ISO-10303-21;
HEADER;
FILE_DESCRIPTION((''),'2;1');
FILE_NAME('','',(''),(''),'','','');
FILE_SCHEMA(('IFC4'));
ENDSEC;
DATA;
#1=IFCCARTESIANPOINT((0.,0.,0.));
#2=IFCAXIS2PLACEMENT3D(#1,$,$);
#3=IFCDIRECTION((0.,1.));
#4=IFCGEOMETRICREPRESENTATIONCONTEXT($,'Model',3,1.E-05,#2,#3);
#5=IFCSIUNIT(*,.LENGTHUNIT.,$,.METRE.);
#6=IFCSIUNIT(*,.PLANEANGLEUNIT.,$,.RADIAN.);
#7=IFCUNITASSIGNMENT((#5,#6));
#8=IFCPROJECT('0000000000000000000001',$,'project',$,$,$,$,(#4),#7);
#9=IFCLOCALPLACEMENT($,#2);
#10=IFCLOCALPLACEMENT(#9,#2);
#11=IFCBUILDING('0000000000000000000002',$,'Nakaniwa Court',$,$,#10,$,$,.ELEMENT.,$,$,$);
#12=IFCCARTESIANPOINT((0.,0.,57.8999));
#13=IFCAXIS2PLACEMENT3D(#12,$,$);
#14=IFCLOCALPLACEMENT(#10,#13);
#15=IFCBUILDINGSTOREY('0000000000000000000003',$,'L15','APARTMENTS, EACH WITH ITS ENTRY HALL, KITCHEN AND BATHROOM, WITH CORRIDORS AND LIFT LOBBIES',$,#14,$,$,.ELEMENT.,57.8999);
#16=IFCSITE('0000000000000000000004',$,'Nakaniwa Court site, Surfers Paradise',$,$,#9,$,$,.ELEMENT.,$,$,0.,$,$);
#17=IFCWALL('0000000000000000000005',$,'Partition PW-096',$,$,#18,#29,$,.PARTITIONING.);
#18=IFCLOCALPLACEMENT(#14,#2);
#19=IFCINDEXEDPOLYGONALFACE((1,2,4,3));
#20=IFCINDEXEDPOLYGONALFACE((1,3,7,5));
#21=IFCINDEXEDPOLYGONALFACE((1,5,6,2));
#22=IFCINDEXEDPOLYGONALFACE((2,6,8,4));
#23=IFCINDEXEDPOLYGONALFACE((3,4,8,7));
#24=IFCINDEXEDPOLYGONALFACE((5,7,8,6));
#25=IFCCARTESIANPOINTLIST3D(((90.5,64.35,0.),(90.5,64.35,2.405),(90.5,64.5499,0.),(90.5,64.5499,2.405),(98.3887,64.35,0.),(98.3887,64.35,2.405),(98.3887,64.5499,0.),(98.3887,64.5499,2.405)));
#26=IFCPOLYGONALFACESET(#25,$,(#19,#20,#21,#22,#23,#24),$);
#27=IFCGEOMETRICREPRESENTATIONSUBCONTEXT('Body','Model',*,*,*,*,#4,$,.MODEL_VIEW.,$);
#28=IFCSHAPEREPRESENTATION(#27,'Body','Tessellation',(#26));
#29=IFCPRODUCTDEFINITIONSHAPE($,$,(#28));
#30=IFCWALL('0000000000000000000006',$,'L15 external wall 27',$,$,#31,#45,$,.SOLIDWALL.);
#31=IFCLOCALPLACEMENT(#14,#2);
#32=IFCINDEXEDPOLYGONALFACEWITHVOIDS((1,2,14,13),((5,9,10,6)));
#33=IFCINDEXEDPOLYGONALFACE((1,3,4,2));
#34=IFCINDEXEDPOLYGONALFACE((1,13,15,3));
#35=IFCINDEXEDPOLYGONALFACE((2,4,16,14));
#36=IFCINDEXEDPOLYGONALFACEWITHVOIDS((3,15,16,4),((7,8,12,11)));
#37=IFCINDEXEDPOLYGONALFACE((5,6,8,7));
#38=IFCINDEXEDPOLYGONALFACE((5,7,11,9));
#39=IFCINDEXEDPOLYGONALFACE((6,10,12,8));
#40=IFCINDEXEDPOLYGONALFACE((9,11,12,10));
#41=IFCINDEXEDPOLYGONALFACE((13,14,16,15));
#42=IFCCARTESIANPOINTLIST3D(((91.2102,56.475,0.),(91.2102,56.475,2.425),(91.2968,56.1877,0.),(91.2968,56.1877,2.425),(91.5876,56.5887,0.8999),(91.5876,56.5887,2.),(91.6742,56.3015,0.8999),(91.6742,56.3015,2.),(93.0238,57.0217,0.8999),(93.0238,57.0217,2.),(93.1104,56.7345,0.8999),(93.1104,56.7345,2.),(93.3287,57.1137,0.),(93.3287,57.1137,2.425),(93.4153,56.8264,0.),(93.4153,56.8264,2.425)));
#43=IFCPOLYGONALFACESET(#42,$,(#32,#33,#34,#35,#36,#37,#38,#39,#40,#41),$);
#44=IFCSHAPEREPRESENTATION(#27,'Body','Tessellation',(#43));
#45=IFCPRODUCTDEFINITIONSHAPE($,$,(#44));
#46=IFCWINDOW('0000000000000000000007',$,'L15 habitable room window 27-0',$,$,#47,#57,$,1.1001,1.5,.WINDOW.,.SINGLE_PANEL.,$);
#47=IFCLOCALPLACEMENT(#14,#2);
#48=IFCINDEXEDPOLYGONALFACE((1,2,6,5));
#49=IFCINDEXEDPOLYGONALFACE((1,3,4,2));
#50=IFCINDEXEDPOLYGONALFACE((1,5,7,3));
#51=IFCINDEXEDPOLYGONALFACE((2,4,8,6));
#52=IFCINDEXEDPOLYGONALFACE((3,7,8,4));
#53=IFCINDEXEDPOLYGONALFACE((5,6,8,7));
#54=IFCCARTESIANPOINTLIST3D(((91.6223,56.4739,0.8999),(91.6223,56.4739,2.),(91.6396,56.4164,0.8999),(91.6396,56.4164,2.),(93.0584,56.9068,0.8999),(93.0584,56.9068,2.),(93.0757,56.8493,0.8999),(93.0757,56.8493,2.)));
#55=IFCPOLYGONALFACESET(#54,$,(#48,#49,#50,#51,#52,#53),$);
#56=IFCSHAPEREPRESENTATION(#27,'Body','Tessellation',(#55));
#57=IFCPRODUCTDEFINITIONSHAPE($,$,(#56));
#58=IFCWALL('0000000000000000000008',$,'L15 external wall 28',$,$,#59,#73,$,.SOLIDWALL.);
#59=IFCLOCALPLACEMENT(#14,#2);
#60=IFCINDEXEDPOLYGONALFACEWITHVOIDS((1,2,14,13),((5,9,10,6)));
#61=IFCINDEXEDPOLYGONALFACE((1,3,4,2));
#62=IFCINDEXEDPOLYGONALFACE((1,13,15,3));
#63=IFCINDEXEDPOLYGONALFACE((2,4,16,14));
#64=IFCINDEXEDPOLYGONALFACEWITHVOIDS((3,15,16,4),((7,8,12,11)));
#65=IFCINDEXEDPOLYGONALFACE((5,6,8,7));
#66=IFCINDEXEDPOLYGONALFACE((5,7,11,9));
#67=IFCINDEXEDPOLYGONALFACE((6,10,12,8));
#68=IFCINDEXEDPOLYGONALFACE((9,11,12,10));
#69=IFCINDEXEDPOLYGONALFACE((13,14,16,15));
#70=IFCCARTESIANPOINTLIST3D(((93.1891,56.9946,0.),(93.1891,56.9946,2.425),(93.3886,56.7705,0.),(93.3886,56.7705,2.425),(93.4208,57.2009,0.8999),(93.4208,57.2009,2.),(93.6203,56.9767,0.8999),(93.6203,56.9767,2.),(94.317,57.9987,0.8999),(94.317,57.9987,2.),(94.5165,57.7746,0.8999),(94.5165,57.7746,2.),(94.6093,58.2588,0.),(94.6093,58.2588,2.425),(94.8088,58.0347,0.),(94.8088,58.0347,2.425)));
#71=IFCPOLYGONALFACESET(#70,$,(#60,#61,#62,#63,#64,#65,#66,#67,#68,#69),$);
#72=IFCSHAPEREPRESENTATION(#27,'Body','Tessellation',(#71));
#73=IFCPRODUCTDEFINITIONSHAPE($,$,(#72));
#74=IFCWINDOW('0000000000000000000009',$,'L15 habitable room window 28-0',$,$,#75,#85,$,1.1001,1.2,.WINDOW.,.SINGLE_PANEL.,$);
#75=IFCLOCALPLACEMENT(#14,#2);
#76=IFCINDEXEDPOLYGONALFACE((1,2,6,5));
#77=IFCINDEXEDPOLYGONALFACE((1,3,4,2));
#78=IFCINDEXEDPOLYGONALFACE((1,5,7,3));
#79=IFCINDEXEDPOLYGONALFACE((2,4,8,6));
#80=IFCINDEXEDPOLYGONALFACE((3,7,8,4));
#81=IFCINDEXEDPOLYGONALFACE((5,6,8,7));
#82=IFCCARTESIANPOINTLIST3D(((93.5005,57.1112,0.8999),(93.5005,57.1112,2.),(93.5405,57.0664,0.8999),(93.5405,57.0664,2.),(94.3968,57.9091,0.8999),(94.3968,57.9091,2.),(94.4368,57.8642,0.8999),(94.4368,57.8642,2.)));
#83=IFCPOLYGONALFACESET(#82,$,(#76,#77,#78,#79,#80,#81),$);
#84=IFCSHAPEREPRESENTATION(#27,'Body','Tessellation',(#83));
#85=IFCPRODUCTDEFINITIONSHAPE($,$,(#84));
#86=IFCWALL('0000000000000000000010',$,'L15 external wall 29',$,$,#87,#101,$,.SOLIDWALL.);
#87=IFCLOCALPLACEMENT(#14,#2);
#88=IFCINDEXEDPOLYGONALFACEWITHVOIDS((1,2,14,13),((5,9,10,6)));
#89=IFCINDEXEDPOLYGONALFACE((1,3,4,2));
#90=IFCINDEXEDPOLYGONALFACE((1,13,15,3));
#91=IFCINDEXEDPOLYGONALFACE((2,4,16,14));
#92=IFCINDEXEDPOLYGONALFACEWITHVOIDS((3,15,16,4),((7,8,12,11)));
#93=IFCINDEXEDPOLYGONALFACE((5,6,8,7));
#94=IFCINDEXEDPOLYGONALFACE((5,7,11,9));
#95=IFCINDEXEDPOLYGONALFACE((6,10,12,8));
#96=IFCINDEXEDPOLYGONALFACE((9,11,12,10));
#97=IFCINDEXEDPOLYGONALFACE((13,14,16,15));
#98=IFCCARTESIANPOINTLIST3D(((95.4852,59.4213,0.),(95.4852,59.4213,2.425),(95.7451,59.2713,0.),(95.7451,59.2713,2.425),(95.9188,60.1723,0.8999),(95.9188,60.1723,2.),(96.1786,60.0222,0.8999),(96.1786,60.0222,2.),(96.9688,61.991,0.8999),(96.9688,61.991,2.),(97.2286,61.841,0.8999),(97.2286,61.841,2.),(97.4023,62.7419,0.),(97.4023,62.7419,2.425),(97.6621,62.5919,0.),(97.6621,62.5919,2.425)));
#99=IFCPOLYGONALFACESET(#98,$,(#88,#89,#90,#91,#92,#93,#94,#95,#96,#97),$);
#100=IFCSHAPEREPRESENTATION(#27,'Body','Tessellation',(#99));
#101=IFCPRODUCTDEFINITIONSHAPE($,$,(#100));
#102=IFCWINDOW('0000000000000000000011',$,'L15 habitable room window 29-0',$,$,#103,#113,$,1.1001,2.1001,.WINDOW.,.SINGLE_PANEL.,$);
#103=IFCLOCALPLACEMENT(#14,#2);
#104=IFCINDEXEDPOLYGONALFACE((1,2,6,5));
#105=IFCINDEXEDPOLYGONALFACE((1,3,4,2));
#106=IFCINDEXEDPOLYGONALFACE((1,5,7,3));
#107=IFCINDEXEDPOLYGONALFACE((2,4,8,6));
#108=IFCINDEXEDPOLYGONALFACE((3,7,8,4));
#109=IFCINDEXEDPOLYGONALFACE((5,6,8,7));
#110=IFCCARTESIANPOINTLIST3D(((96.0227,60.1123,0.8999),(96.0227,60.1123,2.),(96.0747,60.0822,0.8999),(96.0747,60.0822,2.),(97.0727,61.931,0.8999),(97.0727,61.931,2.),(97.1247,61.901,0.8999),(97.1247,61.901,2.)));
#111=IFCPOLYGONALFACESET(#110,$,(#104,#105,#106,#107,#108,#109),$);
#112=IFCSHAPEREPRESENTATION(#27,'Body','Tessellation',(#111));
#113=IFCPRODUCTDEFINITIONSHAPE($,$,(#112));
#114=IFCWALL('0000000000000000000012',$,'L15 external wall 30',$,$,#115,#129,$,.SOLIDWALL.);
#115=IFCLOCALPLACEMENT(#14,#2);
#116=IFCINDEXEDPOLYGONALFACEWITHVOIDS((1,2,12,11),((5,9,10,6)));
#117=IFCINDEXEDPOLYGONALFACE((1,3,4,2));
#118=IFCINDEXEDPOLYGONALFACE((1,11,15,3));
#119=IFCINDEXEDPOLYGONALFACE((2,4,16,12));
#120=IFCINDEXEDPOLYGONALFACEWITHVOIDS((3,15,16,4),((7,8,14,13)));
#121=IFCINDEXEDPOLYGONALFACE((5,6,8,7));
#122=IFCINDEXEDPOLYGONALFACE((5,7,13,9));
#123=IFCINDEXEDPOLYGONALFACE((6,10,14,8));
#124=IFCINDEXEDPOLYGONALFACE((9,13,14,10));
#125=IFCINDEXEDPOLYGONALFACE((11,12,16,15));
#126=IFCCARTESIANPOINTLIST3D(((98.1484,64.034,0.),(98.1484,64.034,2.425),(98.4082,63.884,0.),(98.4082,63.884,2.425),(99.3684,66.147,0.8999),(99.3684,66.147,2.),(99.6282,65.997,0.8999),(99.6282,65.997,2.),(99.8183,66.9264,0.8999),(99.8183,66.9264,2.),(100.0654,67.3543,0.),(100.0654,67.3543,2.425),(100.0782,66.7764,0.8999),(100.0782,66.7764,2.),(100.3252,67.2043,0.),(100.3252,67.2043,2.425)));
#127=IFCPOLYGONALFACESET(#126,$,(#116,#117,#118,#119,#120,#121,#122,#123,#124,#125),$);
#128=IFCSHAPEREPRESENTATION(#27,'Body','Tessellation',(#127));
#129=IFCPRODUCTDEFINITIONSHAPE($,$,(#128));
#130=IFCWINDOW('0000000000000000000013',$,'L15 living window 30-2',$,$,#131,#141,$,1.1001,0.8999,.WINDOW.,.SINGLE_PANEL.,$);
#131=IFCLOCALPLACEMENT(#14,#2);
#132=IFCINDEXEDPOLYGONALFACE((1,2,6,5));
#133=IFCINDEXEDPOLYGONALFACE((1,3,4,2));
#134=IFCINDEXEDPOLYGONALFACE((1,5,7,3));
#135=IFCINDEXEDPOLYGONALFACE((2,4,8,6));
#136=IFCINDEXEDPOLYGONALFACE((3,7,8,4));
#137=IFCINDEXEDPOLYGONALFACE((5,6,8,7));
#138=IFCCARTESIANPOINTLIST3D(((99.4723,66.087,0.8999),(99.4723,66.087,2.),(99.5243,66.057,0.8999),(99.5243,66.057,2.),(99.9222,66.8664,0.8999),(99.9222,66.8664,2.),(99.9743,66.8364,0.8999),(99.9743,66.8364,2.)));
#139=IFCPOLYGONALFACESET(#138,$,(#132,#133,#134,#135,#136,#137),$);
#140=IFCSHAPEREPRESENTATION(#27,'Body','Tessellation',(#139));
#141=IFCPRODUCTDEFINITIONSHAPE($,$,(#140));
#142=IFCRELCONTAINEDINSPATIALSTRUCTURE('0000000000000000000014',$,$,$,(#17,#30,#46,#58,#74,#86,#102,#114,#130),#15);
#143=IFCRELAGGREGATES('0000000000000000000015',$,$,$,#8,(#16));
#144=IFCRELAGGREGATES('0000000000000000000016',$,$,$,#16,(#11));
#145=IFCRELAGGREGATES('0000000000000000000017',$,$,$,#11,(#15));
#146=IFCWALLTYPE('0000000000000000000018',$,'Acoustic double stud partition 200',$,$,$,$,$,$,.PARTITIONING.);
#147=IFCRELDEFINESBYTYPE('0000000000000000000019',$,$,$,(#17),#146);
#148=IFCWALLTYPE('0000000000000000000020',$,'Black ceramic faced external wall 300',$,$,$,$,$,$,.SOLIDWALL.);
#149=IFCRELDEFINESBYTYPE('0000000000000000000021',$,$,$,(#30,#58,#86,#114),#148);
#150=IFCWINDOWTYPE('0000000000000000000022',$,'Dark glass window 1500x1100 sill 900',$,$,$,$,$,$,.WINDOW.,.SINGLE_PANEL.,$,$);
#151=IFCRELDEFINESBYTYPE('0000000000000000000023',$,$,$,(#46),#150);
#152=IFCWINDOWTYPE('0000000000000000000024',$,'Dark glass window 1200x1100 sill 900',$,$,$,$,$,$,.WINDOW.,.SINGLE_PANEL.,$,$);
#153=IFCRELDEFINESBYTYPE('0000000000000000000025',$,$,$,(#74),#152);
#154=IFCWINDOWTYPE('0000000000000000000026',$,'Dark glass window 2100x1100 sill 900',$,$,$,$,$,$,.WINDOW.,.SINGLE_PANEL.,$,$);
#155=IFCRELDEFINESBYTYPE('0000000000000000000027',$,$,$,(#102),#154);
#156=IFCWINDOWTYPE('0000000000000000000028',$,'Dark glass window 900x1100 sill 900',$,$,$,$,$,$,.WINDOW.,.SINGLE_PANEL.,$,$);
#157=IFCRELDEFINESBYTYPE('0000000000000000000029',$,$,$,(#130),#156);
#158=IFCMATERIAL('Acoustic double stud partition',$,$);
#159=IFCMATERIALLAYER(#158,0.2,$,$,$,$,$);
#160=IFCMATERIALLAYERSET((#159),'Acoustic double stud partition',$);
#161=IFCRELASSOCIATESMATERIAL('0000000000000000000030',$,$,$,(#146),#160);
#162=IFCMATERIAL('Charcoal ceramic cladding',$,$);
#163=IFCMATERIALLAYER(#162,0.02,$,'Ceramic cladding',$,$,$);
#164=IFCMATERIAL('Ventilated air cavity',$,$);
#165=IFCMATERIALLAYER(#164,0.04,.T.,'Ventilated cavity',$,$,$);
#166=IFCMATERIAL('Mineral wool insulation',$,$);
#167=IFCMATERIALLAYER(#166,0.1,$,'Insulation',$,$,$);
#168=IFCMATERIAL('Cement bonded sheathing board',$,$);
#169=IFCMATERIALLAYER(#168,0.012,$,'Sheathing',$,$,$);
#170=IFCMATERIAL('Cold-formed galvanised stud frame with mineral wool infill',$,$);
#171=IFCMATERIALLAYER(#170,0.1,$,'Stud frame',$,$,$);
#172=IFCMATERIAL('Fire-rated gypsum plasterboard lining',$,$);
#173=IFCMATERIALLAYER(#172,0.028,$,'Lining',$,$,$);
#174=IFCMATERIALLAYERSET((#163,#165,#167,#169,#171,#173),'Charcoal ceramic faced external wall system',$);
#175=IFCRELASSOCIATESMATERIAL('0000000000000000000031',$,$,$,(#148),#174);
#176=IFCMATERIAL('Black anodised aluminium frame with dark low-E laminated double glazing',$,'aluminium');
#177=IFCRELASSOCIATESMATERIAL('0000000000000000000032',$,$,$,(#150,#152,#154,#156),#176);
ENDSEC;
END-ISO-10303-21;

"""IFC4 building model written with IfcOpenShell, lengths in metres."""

from ifc_helpers import new_model, si_unit, direction, frame, frame_2d, origin, place, context, subcontext, project, spatial, rectangle, extrude, material, layer, layer_set, type_object, element, fill, save


model = new_model("IFC4")

# Units and contexts
model_context = context("Model", 3, precision=1e-05, world=origin(), true_north=direction((0.0, 1.0)))
body_context = subcontext(model_context, "Body", "Model", "MODEL_VIEW")
ifc_project = project(units=[si_unit("LENGTHUNIT", "METRE"), si_unit("PLANEANGLEUNIT", "RADIAN")], contexts=[model_context])

# Site, building, storey
site_placement = place(None, origin())
site = spatial("IfcSite", under=ifc_project, at=site_placement, Name="Nakaniwa Court site, Surfers Paradise", CompositionType="ELEMENT", RefElevation=0.0)
building_placement = place(site_placement, origin())
building = spatial("IfcBuilding", under=site, at=building_placement, Name="Nakaniwa Court", CompositionType="ELEMENT")
storey_placement = place(building_placement, frame((0.0, 0.0, 57.8999)))
storey = spatial("IfcBuildingStorey", under=building, at=storey_placement, Name="L15", Description="APARTMENTS, EACH WITH ITS ENTRY HALL, KITCHEN AND BATHROOM, WITH CORRIDORS AND LIFT LOBBIES", CompositionType="ELEMENT", Elevation=57.8999)

# Wall
ifc_material_1 = material(Name="Acoustic double stud partition")
ifc_layer_1 = layer(ifc_material_1, 0.2)
ifc_layer_set_1 = layer_set([ifc_layer_1], Name="Acoustic double stud partition")
wall_type_1 = type_object("IfcWallType", Name="Acoustic double stud partition 200", PredefinedType="PARTITIONING", material=ifc_layer_set_1)
wall_1_placement = place(storey_placement, frame((90.5, 64.45, 0.0), z_axis=(0.0, 0.0, 1.0), x_axis=(1.0, 0.0, 0.0)))
element("IfcWall", 1, at=wall_1_placement, inside=storey, type_object=wall_type_1, Name="Partition PW-096", PredefinedType="PARTITIONING", context=body_context, shape_type="SweptSolid", body=[
    extrude(rectangle(XDim=7.8887, YDim=0.2, at=frame_2d((3.9443, 0.0))), origin(), (0.0, 0.0, 1.0), 2.405),
])

# Walls, openings, windows
ifc_material_2 = material(Name="Charcoal ceramic cladding")
ifc_layer_2 = layer(ifc_material_2, 0.02, Name="Ceramic cladding")
ifc_material_3 = material(Name="Ventilated air cavity")
ifc_layer_3 = layer(ifc_material_3, 0.04, ventilated=True, Name="Ventilated cavity")
ifc_material_4 = material(Name="Mineral wool insulation")
ifc_layer_4 = layer(ifc_material_4, 0.1, Name="Insulation")
ifc_material_5 = material(Name="Cement bonded sheathing board")
ifc_layer_5 = layer(ifc_material_5, 0.012, Name="Sheathing")
ifc_material_6 = material(Name="Cold-formed galvanised stud frame with mineral wool infill")
ifc_layer_6 = layer(ifc_material_6, 0.1, Name="Stud frame")
ifc_material_7 = material(Name="Fire-rated gypsum plasterboard lining")
ifc_layer_7 = layer(ifc_material_7, 0.028, Name="Lining")
ifc_layer_set_2 = layer_set([ifc_layer_2, ifc_layer_3, ifc_layer_4, ifc_layer_5, ifc_layer_6, ifc_layer_7], Name="Charcoal ceramic faced external wall system")
wall_type_2 = type_object("IfcWallType", Name="Black ceramic faced external wall 300", PredefinedType="SOLIDWALL", material=ifc_layer_set_2)
wall_2_placement = place(storey_placement, frame((91.2534, 56.3313, 0.0), z_axis=(0.0, 0.0, 1.0), x_axis=(0.957434, 0.288653, 0.0)))
wall_2 = element("IfcWall", 2, at=wall_2_placement, inside=storey, type_object=wall_type_2, Name="L15 external wall 27", PredefinedType="SOLIDWALL", context=body_context, shape_type="SweptSolid", body=[
    extrude(rectangle(XDim=2.2126, YDim=0.3, at=frame_2d((1.1064, 0.0))), origin(), (0.0, 0.0, 1.0), 2.425),
])
opening_1_placement = place(wall_2_placement, frame((0.3943, 0.0, 0.8999)))
opening_1 = element("IfcOpeningElement", 3, at=opening_1_placement, cuts=wall_2, PredefinedType="OPENING", context=body_context, shape_type="SweptSolid", body=[
    extrude(rectangle(XDim=1.5, YDim=1.1001, at=frame_2d((0.75, 0.55))), frame((0.0, 0.1599, 0.0), z_axis=(0.0, -1.0, 0.0), x_axis=(1.0, 0.0, 0.0)), (0.0, 0.0, 1.0), 0.3201),
])
ifc_material_8 = material(Name="Black anodised aluminium frame with dark low-E laminated double glazing", Category="aluminium")
window_type_1 = type_object("IfcWindowType", Name="Dark glass window 1500x1100 sill 900", PartitioningType="SINGLE_PANEL", PredefinedType="WINDOW", material=ifc_material_8)
window_1_placement = place(opening_1_placement, origin())
window_1 = element("IfcWindow", 4, at=window_1_placement, inside=storey, type_object=window_type_1, Name="L15 habitable room window 27-0", OverallHeight=1.1001, OverallWidth=1.5, PartitioningType="SINGLE_PANEL", PredefinedType="WINDOW", context=body_context, shape_type="SweptSolid", body=[
    extrude(rectangle(XDim=1.5, YDim=1.1001, at=frame_2d((0.75, 0.55))), frame((0.0, 0.03, 0.0), z_axis=(0.0, -1.0, 0.0), x_axis=(1.0, 0.0, 0.0)), (0.0, 0.0, 1.0), 0.0601),
])
fill(opening_1, window_1)
wall_3_placement = place(storey_placement, frame((93.2888, 56.8826, 0.0), z_axis=(0.0, 0.0, 1.0), x_axis=(0.746942, 0.66489, 0.0)))
wall_3 = element("IfcWall", 5, at=wall_3_placement, inside=storey, type_object=wall_type_2, Name="L15 external wall 28", PredefinedType="SOLIDWALL", context=body_context, shape_type="SweptSolid", body=[
    extrude(rectangle(XDim=1.9014, YDim=0.3, at=frame_2d((0.9507, 0.0))), origin(), (0.0, 0.0, 1.0), 2.425),
])
opening_2_placement = place(wall_3_placement, frame((0.3101, 0.0, 0.8999)))
opening_2 = element("IfcOpeningElement", 6, at=opening_2_placement, cuts=wall_3, PredefinedType="OPENING", context=body_context, shape_type="SweptSolid", body=[
    extrude(rectangle(XDim=1.2, YDim=1.1001, at=frame_2d((0.6001, 0.55))), frame((0.0, 0.1599, 0.0), z_axis=(0.0, -1.0, 0.0), x_axis=(1.0, 0.0, 0.0)), (0.0, 0.0, 1.0), 0.3201),
])
window_type_2 = type_object("IfcWindowType", Name="Dark glass window 1200x1100 sill 900", PartitioningType="SINGLE_PANEL", PredefinedType="WINDOW", material=ifc_material_8)
window_2_placement = place(opening_2_placement, origin())
window_2 = element("IfcWindow", 7, at=window_2_placement, inside=storey, type_object=window_type_2, Name="L15 habitable room window 28-0", OverallHeight=1.1001, OverallWidth=1.2, PartitioningType="SINGLE_PANEL", PredefinedType="WINDOW", context=body_context, shape_type="SweptSolid", body=[
    extrude(rectangle(XDim=1.2, YDim=1.1001, at=frame_2d((0.6001, 0.55))), frame((0.0, 0.03, 0.0), z_axis=(0.0, -1.0, 0.0), x_axis=(1.0, 0.0, 0.0)), (0.0, 0.0, 1.0), 0.0601),
])
fill(opening_2, window_2)
wall_4_placement = place(storey_placement, frame((95.6152, 59.3464, 0.0), z_axis=(0.0, 0.0, 1.0), x_axis=(0.499974, 0.86604, 0.0)))
wall_4 = element("IfcWall", 8, at=wall_4_placement, inside=storey, type_object=wall_type_2, Name="L15 external wall 29", PredefinedType="SOLIDWALL", context=body_context, shape_type="SweptSolid", body=[
    extrude(rectangle(XDim=3.8342, YDim=0.3, at=frame_2d((1.917, 0.0))), origin(), (0.0, 0.0, 1.0), 2.425),
])
opening_3_placement = place(wall_4_placement, frame((0.8669, 0.0, 0.8999)))
opening_3 = element("IfcOpeningElement", 9, at=opening_3_placement, cuts=wall_4, PredefinedType="OPENING", context=body_context, shape_type="SweptSolid", body=[
    extrude(rectangle(XDim=2.1001, YDim=1.1001, at=frame_2d((1.05, 0.55))), frame((0.0, 0.1599, 0.0), z_axis=(0.0, -1.0, 0.0), x_axis=(1.0, 0.0, 0.0)), (0.0, 0.0, 1.0), 0.3201),
])
window_type_3 = type_object("IfcWindowType", Name="Dark glass window 2100x1100 sill 900", PartitioningType="SINGLE_PANEL", PredefinedType="WINDOW", material=ifc_material_8)
window_3_placement = place(opening_3_placement, origin())
window_3 = element("IfcWindow", 10, at=window_3_placement, inside=storey, type_object=window_type_3, Name="L15 habitable room window 29-0", OverallHeight=1.1001, OverallWidth=2.1001, PartitioningType="SINGLE_PANEL", PredefinedType="WINDOW", context=body_context, shape_type="SweptSolid", body=[
    extrude(rectangle(XDim=2.1001, YDim=1.1001, at=frame_2d((1.05, 0.55))), frame((0.0, 0.03, 0.0), z_axis=(0.0, -1.0, 0.0), x_axis=(1.0, 0.0, 0.0)), (0.0, 0.0, 1.0), 0.0601),
])
fill(opening_3, window_3)
wall_5_placement = place(storey_placement, frame((98.2783, 63.959, 0.0), z_axis=(0.0, 0.0, 1.0), x_axis=(0.500002, 0.866024, 0.0)))
wall_5 = element("IfcWall", 11, at=wall_5_placement, inside=storey, type_object=wall_type_2, Name="L15 external wall 30", PredefinedType="SOLIDWALL", context=body_context, shape_type="SweptSolid", body=[
    extrude(rectangle(XDim=3.834, YDim=0.3, at=frame_2d((1.917, 0.0))), origin(), (0.0, 0.0, 1.0), 2.425),
])
opening_4_placement = place(wall_5_placement, frame((2.4399, 0.0, 0.8999)))
opening_4 = element("IfcOpeningElement", 12, at=opening_4_placement, cuts=wall_5, PredefinedType="OPENING", context=body_context, shape_type="SweptSolid", body=[
    extrude(rectangle(XDim=0.8999, YDim=1.1001, at=frame_2d((0.45, 0.55))), frame((0.0, 0.1599, 0.0), z_axis=(0.0, -1.0, 0.0), x_axis=(1.0, 0.0, 0.0)), (0.0, 0.0, 1.0), 0.3201),
])
window_type_4 = type_object("IfcWindowType", Name="Dark glass window 900x1100 sill 900", PartitioningType="SINGLE_PANEL", PredefinedType="WINDOW", material=ifc_material_8)
window_4_placement = place(opening_4_placement, origin())
window_4 = element("IfcWindow", 13, at=window_4_placement, inside=storey, type_object=window_type_4, Name="L15 living window 30-2", OverallHeight=1.1001, OverallWidth=0.8999, PartitioningType="SINGLE_PANEL", PredefinedType="WINDOW", context=body_context, shape_type="SweptSolid", body=[
    extrude(rectangle(XDim=0.8999, YDim=1.1001, at=frame_2d((0.45, 0.55))), frame((0.0, 0.03, 0.0), z_axis=(0.0, -1.0, 0.0), x_axis=(1.0, 0.0, 0.0)), (0.0, 0.0, 1.0), 0.0601),
])
fill(opening_4, window_4)

save(model, "model.ifc")
